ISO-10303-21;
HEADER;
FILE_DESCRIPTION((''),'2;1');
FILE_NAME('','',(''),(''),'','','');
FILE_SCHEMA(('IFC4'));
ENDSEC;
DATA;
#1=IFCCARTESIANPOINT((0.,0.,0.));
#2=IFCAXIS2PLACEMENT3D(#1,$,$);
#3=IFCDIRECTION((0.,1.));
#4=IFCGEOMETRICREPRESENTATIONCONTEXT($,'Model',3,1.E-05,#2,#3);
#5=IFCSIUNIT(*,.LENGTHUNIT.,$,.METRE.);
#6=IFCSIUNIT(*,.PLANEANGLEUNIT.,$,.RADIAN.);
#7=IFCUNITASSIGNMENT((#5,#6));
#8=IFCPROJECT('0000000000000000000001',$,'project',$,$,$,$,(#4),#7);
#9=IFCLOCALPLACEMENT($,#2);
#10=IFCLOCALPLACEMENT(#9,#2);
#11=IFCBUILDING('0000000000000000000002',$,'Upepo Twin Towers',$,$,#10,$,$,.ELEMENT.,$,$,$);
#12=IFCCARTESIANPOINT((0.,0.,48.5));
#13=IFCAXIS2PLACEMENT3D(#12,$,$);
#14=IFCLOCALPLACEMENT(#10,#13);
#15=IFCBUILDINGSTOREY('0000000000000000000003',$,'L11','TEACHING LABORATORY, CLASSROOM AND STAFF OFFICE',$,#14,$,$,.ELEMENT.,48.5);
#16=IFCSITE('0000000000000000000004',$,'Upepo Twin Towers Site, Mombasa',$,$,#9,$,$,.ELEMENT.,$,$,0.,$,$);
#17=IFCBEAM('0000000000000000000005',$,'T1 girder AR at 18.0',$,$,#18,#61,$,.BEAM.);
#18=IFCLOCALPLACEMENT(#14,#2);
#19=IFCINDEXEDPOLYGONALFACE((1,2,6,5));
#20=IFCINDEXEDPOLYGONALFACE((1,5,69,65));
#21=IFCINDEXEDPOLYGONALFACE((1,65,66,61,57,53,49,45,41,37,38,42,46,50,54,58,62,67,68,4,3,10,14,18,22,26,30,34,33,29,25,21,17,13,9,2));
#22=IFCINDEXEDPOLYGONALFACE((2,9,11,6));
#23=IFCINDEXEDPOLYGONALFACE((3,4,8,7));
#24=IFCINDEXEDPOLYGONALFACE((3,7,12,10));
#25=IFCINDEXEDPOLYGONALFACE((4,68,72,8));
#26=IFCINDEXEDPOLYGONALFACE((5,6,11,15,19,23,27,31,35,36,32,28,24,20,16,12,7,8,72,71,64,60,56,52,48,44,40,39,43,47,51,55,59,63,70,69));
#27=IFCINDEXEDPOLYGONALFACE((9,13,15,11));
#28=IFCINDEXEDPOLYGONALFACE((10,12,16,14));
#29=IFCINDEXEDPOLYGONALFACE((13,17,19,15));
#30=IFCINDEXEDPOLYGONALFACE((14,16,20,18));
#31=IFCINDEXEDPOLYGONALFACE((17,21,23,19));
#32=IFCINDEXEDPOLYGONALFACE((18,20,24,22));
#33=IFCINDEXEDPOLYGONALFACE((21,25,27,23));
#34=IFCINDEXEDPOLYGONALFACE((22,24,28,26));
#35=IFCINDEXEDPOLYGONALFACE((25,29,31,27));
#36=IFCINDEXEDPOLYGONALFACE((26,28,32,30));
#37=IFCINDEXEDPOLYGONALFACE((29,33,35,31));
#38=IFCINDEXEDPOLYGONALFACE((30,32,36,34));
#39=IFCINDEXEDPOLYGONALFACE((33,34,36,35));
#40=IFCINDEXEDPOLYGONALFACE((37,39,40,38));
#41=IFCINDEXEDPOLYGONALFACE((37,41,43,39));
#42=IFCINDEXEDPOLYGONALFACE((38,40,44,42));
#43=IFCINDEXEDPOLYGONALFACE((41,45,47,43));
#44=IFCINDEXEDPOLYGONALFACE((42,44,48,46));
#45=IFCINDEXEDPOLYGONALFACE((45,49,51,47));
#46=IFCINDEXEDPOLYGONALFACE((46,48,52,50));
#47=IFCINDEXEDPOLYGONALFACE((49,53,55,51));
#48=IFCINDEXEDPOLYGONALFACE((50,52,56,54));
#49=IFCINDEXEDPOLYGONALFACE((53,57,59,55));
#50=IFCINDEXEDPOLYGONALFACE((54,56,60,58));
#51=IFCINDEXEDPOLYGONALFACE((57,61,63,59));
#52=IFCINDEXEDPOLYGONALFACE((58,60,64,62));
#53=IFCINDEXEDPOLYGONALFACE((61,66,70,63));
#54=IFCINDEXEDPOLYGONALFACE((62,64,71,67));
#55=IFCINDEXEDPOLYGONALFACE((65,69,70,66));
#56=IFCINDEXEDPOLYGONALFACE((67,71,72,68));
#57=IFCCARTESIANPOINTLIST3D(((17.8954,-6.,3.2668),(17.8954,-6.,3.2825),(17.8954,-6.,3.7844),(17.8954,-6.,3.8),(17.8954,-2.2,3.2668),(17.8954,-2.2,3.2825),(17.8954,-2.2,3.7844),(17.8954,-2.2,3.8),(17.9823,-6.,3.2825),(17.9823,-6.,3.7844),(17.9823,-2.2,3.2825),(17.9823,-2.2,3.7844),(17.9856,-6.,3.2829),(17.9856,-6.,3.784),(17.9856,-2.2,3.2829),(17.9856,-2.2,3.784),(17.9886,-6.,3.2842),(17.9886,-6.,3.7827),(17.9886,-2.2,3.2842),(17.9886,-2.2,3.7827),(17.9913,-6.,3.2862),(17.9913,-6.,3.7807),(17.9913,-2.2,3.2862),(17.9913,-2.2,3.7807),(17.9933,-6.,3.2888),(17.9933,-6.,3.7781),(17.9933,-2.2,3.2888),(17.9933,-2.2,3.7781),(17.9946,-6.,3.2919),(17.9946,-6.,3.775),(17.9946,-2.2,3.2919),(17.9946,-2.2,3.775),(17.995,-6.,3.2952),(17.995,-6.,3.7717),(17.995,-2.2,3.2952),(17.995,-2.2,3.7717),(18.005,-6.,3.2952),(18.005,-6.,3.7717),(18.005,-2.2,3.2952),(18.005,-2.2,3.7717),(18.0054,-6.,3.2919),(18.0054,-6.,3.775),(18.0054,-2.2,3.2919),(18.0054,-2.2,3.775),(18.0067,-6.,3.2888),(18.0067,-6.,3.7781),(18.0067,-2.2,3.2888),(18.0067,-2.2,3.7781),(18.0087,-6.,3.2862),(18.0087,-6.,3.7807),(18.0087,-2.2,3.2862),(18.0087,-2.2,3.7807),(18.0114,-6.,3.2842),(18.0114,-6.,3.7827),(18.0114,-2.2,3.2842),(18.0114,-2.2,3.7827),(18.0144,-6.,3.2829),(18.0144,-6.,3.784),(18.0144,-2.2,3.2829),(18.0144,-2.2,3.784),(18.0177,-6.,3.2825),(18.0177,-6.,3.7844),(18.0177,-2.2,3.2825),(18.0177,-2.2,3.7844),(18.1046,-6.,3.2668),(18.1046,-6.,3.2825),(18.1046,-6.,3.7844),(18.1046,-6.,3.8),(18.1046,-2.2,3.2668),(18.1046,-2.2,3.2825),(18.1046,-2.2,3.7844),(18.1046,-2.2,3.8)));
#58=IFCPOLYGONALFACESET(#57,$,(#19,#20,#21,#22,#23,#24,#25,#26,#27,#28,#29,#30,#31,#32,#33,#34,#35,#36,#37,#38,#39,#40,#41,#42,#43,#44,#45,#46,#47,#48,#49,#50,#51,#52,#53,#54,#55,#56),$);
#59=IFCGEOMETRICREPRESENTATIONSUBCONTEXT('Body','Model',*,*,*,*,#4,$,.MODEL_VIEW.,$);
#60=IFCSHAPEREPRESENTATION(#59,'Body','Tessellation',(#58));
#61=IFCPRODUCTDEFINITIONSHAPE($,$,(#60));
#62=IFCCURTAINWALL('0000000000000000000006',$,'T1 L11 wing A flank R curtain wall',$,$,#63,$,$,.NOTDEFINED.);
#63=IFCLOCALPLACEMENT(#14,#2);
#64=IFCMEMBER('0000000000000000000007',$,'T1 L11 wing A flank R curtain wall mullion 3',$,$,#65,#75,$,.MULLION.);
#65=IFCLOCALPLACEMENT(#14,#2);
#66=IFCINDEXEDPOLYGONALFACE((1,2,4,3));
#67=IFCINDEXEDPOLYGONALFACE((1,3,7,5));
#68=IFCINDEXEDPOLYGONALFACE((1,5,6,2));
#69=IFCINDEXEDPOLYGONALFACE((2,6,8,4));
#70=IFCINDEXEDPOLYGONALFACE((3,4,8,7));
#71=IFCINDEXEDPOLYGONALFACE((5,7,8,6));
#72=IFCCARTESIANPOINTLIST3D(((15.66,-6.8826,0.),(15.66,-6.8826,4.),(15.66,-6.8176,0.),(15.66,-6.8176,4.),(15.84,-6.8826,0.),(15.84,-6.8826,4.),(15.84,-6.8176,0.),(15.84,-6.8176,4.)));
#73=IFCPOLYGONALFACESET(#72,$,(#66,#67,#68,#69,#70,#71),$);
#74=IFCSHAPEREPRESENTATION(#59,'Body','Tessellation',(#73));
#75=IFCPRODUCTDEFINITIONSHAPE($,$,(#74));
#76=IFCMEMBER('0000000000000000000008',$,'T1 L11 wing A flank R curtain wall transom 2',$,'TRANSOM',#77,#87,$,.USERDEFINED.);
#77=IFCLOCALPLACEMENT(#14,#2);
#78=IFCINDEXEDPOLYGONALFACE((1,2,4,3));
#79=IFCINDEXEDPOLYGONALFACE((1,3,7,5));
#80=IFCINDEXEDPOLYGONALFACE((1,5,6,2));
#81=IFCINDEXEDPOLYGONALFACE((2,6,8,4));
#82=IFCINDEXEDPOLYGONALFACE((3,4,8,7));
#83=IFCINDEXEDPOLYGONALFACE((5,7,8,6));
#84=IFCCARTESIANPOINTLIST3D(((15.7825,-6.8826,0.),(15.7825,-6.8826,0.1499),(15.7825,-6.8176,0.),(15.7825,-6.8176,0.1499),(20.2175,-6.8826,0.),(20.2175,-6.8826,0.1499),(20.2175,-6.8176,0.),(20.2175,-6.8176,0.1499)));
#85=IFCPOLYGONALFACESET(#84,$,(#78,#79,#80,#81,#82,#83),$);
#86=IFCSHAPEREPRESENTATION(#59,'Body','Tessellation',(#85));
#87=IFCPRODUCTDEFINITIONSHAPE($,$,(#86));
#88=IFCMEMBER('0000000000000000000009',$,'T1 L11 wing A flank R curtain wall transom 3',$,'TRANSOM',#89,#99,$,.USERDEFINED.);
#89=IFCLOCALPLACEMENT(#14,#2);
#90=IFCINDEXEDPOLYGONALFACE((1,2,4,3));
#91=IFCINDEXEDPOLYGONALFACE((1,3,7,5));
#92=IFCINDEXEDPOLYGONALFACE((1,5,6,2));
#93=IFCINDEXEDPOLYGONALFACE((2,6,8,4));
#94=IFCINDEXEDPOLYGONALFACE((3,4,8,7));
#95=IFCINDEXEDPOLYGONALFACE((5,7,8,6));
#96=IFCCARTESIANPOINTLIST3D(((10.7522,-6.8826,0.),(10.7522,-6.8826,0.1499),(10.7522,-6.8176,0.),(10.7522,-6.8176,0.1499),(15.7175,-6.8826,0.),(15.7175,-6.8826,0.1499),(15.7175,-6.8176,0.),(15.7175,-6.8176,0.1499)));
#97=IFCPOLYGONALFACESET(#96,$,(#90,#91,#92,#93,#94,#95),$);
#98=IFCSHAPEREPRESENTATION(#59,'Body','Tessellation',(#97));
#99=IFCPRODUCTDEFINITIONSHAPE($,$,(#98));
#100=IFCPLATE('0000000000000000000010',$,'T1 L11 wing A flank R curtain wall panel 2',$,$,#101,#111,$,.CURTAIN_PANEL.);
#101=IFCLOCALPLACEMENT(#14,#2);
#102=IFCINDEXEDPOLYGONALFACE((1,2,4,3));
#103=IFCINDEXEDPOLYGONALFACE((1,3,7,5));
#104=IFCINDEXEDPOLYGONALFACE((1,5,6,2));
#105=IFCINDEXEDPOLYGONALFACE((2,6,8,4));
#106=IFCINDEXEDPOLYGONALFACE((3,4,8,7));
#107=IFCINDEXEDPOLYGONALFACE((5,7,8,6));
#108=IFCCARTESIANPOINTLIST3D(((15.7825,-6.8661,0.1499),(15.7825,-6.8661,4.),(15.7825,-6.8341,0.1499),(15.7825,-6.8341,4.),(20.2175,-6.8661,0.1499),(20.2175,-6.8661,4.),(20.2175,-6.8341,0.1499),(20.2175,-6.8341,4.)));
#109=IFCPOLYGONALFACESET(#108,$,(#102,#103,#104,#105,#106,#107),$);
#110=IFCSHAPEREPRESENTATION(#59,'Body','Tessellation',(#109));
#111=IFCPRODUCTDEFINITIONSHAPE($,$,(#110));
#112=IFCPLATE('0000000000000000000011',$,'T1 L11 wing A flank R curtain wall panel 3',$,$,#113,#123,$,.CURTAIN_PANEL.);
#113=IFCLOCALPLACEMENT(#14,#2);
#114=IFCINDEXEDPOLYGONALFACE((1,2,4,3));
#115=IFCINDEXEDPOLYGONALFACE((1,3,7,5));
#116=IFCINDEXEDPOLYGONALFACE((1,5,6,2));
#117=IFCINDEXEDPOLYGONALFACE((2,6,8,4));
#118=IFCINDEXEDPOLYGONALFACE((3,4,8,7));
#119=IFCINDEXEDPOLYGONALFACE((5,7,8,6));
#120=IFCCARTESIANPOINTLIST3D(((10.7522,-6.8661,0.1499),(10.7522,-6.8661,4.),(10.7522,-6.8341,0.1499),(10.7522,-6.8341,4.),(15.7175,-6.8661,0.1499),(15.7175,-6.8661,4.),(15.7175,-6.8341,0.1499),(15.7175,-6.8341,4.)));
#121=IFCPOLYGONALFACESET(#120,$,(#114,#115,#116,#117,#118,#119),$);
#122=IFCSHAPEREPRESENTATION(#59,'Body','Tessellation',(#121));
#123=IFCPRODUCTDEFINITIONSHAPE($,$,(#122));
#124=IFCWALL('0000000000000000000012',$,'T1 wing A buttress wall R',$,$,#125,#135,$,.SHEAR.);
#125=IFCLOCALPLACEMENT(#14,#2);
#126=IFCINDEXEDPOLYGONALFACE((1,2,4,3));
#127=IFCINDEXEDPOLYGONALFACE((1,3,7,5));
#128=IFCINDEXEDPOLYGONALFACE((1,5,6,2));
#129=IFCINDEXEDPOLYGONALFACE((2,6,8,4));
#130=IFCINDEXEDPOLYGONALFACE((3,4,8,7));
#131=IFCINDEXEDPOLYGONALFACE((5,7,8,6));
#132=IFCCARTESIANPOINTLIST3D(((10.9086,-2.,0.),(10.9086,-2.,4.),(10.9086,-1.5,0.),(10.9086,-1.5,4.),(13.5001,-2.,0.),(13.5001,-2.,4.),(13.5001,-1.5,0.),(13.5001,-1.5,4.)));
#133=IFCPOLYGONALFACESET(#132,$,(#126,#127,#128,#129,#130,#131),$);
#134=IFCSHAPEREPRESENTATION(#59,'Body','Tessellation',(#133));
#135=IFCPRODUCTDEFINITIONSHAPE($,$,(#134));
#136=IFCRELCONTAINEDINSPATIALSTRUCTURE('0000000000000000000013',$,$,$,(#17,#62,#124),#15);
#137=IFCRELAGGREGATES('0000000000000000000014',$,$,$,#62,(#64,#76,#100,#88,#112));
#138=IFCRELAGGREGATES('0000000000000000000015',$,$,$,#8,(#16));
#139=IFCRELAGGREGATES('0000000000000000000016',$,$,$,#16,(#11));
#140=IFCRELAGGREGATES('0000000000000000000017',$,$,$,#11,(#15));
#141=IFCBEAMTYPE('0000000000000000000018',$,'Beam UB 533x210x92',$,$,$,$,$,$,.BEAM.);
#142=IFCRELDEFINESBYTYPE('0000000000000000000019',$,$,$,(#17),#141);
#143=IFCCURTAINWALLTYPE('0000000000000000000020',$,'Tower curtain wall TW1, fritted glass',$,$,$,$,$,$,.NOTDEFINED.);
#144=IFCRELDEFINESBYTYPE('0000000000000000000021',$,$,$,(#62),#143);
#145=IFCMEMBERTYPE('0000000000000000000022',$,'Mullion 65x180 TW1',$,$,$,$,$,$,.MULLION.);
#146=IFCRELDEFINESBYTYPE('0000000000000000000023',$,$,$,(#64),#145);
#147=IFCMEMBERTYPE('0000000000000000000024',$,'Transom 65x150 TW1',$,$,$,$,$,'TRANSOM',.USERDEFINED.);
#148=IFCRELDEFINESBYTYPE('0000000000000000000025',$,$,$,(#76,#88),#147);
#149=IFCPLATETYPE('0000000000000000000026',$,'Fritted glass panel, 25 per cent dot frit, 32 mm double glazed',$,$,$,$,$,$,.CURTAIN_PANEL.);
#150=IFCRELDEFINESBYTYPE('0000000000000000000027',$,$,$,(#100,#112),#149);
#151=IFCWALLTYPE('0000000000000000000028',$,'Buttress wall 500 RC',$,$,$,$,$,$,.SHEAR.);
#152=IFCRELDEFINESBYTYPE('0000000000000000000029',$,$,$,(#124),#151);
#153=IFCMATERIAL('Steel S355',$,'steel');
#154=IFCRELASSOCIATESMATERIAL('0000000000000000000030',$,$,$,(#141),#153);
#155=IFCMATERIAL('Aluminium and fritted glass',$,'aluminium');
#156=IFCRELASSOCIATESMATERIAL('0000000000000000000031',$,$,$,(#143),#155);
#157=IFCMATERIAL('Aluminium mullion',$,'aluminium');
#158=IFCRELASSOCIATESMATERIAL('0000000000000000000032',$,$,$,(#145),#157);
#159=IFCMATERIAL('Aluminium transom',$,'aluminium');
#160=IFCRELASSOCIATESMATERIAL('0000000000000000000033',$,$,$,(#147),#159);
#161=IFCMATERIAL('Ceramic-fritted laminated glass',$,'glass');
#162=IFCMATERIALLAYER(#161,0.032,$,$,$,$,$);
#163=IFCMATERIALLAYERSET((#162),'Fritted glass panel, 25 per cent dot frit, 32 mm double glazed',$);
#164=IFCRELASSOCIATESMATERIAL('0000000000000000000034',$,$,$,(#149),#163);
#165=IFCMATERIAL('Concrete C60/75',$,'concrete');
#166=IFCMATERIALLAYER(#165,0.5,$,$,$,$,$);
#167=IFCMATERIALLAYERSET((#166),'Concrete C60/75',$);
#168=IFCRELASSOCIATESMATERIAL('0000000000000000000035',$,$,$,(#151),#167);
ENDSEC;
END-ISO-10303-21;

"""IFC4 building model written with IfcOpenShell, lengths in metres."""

from ifc_helpers import new_model, si_unit, direction, frame, frame_2d, origin, origin_2d, place, context, subcontext, project, spatial, rectangle, i_section, extrude, material, layer, layer_set, material_profile, profile_set, type_object, element, aggregate, save


model = new_model("IFC4")

# Units and contexts
model_context = context("Model", 3, precision=1e-05, world=origin(), true_north=direction((0.0, 1.0)))
body_context = subcontext(model_context, "Body", "Model", "MODEL_VIEW")
ifc_project = project(units=[si_unit("LENGTHUNIT", "METRE"), si_unit("PLANEANGLEUNIT", "RADIAN")], contexts=[model_context])

# Site, building, storey
site_placement = place(None, origin())
site = spatial("IfcSite", under=ifc_project, at=site_placement, Name="Upepo Twin Towers Site, Mombasa", CompositionType="ELEMENT", RefElevation=0.0)
building_placement = place(site_placement, origin())
building = spatial("IfcBuilding", under=site, at=building_placement, Name="Upepo Twin Towers", CompositionType="ELEMENT")
storey_placement = place(building_placement, frame((0.0, 0.0, 48.5)))
storey = spatial("IfcBuildingStorey", under=building, at=storey_placement, Name="L11", Description="TEACHING LABORATORY, CLASSROOM AND STAFF OFFICE", CompositionType="ELEMENT", Elevation=48.5)

# Beam
ifc_material_1 = material(Name="Steel S355", Category="steel")
ifc_material_profile_1 = material_profile(ifc_material_1, i_section(OverallWidth=0.2092, OverallDepth=0.5332, WebThickness=0.01, FlangeThickness=0.0156, FilletRadius=0.0127, at=origin_2d()), Name="UB 533x210x92")
ifc_profile_set_1 = profile_set([ifc_material_profile_1], Name="Steel S355")
beam_type_1 = type_object("IfcBeamType", Name="Beam UB 533x210x92", PredefinedType="BEAM", material=ifc_profile_set_1)
for number, where, z_axis, x_axis, name in (
    (1, (18.0, -6.0, 3.5334), (0.0, 1.0, 0.0), (-1.0, 0.0, 0.0), "T1 girder AR at 18.0"),
):
    element("IfcBeam", number, at=place(storey_placement, frame(where, z_axis=z_axis, x_axis=x_axis)), inside=storey, type_object=beam_type_1, Name=name, PredefinedType="BEAM", context=body_context, shape_type="SweptSolid", body=[
        extrude(i_section(OverallWidth=0.2092, OverallDepth=0.5332, WebThickness=0.01, FlangeThickness=0.0156, FilletRadius=0.0127, at=origin_2d()), origin(), (0.0, 0.0, 1.0), 3.8),
    ])

# Curtain wall, members, plates
ifc_material_2 = material(Name="Aluminium and fritted glass", Category="aluminium")
curtain_wall_type = type_object("IfcCurtainWallType", Name="Tower curtain wall TW1, fritted glass", PredefinedType="NOTDEFINED", material=ifc_material_2)
curtain_wall_placement = place(storey_placement, origin())
curtain_wall = element("IfcCurtainWall", 2, at=curtain_wall_placement, inside=storey, type_object=curtain_wall_type, Name="T1 L11 wing A flank R curtain wall", PredefinedType="NOTDEFINED")
ifc_material_3 = material(Name="Aluminium mullion", Category="aluminium")
ifc_material_profile_2 = material_profile(ifc_material_3, rectangle(XDim=0.0649, YDim=0.1799, at=origin_2d()), Name="MULLION 65x180")
ifc_profile_set_2 = profile_set([ifc_material_profile_2], Name="Aluminium mullion")
member_type_1 = type_object("IfcMemberType", Name="Mullion 65x180 TW1", PredefinedType="MULLION", material=ifc_profile_set_2)
member_1_placement = place(storey_placement, frame((15.75, -6.8501, 0.0), z_axis=(0.0, 0.0, 1.0), x_axis=(0.0, -1.0, 0.0)))
member_1 = element("IfcMember", 3, at=member_1_placement, type_object=member_type_1, Name="T1 L11 wing A flank R curtain wall mullion 3", PredefinedType="MULLION", context=body_context, shape_type="SweptSolid", body=[
    extrude(rectangle(XDim=0.0649, YDim=0.1799, at=origin_2d()), origin(), (0.0, 0.0, 1.0), 4.0),
])
ifc_material_4 = material(Name="Aluminium transom", Category="aluminium")
ifc_material_profile_3 = material_profile(ifc_material_4, rectangle(XDim=0.0649, YDim=0.1499, at=origin_2d()), Name="TRANSOM 65x150")
ifc_profile_set_3 = profile_set([ifc_material_profile_3], Name="Aluminium transom")
member_type_2 = type_object("IfcMemberType", Name="Transom 65x150 TW1", ElementType="TRANSOM", PredefinedType="USERDEFINED", material=ifc_profile_set_3)
member_2_placement = place(storey_placement, frame((20.2175, -6.8501, 0.075), z_axis=(-1.0, 0.0, 0.0), x_axis=(0.0, -1.0, 0.0)))
member_2 = element("IfcMember", 4, at=member_2_placement, type_object=member_type_2, Name="T1 L11 wing A flank R curtain wall transom 2", ObjectType="TRANSOM", PredefinedType="USERDEFINED", context=body_context, shape_type="SweptSolid", body=[
    extrude(rectangle(XDim=0.0649, YDim=0.1499, at=origin_2d()), origin(), (0.0, 0.0, 1.0), 4.4351),
])
member_3_placement = place(storey_placement, frame((15.7175, -6.8501, 0.075), z_axis=(-1.0, 0.0, 0.0), x_axis=(0.0, -1.0, 0.0)))
member_3 = element("IfcMember", 5, at=member_3_placement, type_object=member_type_2, Name="T1 L11 wing A flank R curtain wall transom 3", ObjectType="TRANSOM", PredefinedType="USERDEFINED", context=body_context, shape_type="SweptSolid", body=[
    extrude(rectangle(XDim=0.0649, YDim=0.1499, at=origin_2d()), origin(), (0.0, 0.0, 1.0), 4.9653),
])
ifc_material_5 = material(Name="Ceramic-fritted laminated glass", Category="glass")
ifc_layer_1 = layer(ifc_material_5, 0.032)
ifc_layer_set_1 = layer_set([ifc_layer_1], Name="Fritted glass panel, 25 per cent dot frit, 32 mm double glazed")
plate_type = type_object("IfcPlateType", Name="Fritted glass panel, 25 per cent dot frit, 32 mm double glazed", PredefinedType="CURTAIN_PANEL", material=ifc_layer_set_1)
plate_1_placement = place(storey_placement, frame((18.0, -6.8501, 0.1499), z_axis=(0.0, 0.0, 1.0), x_axis=(-1.0, 0.0, 0.0)))
plate_1 = element("IfcPlate", 6, at=plate_1_placement, type_object=plate_type, Name="T1 L11 wing A flank R curtain wall panel 2", PredefinedType="CURTAIN_PANEL", context=body_context, shape_type="SweptSolid", body=[
    extrude(rectangle(XDim=4.4351, YDim=0.032, at=origin_2d()), origin(), (0.0, 0.0, 1.0), 3.8501),
])
plate_2_placement = place(storey_placement, frame((13.2349, -6.8501, 0.1499), z_axis=(0.0, 0.0, 1.0), x_axis=(-1.0, 0.0, 0.0)))
plate_2 = element("IfcPlate", 7, at=plate_2_placement, type_object=plate_type, Name="T1 L11 wing A flank R curtain wall panel 3", PredefinedType="CURTAIN_PANEL", context=body_context, shape_type="SweptSolid", body=[
    extrude(rectangle(XDim=4.9653, YDim=0.032, at=origin_2d()), origin(), (0.0, 0.0, 1.0), 3.8501),
])
aggregate(curtain_wall, [member_1, member_2, plate_1, member_3, plate_2])

# Wall
ifc_material_6 = material(Name="Concrete C60/75", Category="concrete")
ifc_layer_2 = layer(ifc_material_6, 0.5)
ifc_layer_set_2 = layer_set([ifc_layer_2], Name="Concrete C60/75")
wall_type_1 = type_object("IfcWallType", Name="Buttress wall 500 RC", PredefinedType="SHEAR", material=ifc_layer_set_2)
wall_1_placement = place(storey_placement, frame((10.9084, -1.75, 0.0), z_axis=(0.0, 0.0, 1.0), x_axis=(1.0, 0.0, 0.0)))
element("IfcWall", 8, at=wall_1_placement, inside=storey, type_object=wall_type_1, Name="T1 wing A buttress wall R", PredefinedType="SHEAR", context=body_context, shape_type="SweptSolid", body=[
    extrude(rectangle(XDim=2.5916, YDim=0.5, at=frame_2d((1.2959, 0.0))), origin(), (0.0, 0.0, 1.0), 4.0),
])

save(model, "model.ifc")
